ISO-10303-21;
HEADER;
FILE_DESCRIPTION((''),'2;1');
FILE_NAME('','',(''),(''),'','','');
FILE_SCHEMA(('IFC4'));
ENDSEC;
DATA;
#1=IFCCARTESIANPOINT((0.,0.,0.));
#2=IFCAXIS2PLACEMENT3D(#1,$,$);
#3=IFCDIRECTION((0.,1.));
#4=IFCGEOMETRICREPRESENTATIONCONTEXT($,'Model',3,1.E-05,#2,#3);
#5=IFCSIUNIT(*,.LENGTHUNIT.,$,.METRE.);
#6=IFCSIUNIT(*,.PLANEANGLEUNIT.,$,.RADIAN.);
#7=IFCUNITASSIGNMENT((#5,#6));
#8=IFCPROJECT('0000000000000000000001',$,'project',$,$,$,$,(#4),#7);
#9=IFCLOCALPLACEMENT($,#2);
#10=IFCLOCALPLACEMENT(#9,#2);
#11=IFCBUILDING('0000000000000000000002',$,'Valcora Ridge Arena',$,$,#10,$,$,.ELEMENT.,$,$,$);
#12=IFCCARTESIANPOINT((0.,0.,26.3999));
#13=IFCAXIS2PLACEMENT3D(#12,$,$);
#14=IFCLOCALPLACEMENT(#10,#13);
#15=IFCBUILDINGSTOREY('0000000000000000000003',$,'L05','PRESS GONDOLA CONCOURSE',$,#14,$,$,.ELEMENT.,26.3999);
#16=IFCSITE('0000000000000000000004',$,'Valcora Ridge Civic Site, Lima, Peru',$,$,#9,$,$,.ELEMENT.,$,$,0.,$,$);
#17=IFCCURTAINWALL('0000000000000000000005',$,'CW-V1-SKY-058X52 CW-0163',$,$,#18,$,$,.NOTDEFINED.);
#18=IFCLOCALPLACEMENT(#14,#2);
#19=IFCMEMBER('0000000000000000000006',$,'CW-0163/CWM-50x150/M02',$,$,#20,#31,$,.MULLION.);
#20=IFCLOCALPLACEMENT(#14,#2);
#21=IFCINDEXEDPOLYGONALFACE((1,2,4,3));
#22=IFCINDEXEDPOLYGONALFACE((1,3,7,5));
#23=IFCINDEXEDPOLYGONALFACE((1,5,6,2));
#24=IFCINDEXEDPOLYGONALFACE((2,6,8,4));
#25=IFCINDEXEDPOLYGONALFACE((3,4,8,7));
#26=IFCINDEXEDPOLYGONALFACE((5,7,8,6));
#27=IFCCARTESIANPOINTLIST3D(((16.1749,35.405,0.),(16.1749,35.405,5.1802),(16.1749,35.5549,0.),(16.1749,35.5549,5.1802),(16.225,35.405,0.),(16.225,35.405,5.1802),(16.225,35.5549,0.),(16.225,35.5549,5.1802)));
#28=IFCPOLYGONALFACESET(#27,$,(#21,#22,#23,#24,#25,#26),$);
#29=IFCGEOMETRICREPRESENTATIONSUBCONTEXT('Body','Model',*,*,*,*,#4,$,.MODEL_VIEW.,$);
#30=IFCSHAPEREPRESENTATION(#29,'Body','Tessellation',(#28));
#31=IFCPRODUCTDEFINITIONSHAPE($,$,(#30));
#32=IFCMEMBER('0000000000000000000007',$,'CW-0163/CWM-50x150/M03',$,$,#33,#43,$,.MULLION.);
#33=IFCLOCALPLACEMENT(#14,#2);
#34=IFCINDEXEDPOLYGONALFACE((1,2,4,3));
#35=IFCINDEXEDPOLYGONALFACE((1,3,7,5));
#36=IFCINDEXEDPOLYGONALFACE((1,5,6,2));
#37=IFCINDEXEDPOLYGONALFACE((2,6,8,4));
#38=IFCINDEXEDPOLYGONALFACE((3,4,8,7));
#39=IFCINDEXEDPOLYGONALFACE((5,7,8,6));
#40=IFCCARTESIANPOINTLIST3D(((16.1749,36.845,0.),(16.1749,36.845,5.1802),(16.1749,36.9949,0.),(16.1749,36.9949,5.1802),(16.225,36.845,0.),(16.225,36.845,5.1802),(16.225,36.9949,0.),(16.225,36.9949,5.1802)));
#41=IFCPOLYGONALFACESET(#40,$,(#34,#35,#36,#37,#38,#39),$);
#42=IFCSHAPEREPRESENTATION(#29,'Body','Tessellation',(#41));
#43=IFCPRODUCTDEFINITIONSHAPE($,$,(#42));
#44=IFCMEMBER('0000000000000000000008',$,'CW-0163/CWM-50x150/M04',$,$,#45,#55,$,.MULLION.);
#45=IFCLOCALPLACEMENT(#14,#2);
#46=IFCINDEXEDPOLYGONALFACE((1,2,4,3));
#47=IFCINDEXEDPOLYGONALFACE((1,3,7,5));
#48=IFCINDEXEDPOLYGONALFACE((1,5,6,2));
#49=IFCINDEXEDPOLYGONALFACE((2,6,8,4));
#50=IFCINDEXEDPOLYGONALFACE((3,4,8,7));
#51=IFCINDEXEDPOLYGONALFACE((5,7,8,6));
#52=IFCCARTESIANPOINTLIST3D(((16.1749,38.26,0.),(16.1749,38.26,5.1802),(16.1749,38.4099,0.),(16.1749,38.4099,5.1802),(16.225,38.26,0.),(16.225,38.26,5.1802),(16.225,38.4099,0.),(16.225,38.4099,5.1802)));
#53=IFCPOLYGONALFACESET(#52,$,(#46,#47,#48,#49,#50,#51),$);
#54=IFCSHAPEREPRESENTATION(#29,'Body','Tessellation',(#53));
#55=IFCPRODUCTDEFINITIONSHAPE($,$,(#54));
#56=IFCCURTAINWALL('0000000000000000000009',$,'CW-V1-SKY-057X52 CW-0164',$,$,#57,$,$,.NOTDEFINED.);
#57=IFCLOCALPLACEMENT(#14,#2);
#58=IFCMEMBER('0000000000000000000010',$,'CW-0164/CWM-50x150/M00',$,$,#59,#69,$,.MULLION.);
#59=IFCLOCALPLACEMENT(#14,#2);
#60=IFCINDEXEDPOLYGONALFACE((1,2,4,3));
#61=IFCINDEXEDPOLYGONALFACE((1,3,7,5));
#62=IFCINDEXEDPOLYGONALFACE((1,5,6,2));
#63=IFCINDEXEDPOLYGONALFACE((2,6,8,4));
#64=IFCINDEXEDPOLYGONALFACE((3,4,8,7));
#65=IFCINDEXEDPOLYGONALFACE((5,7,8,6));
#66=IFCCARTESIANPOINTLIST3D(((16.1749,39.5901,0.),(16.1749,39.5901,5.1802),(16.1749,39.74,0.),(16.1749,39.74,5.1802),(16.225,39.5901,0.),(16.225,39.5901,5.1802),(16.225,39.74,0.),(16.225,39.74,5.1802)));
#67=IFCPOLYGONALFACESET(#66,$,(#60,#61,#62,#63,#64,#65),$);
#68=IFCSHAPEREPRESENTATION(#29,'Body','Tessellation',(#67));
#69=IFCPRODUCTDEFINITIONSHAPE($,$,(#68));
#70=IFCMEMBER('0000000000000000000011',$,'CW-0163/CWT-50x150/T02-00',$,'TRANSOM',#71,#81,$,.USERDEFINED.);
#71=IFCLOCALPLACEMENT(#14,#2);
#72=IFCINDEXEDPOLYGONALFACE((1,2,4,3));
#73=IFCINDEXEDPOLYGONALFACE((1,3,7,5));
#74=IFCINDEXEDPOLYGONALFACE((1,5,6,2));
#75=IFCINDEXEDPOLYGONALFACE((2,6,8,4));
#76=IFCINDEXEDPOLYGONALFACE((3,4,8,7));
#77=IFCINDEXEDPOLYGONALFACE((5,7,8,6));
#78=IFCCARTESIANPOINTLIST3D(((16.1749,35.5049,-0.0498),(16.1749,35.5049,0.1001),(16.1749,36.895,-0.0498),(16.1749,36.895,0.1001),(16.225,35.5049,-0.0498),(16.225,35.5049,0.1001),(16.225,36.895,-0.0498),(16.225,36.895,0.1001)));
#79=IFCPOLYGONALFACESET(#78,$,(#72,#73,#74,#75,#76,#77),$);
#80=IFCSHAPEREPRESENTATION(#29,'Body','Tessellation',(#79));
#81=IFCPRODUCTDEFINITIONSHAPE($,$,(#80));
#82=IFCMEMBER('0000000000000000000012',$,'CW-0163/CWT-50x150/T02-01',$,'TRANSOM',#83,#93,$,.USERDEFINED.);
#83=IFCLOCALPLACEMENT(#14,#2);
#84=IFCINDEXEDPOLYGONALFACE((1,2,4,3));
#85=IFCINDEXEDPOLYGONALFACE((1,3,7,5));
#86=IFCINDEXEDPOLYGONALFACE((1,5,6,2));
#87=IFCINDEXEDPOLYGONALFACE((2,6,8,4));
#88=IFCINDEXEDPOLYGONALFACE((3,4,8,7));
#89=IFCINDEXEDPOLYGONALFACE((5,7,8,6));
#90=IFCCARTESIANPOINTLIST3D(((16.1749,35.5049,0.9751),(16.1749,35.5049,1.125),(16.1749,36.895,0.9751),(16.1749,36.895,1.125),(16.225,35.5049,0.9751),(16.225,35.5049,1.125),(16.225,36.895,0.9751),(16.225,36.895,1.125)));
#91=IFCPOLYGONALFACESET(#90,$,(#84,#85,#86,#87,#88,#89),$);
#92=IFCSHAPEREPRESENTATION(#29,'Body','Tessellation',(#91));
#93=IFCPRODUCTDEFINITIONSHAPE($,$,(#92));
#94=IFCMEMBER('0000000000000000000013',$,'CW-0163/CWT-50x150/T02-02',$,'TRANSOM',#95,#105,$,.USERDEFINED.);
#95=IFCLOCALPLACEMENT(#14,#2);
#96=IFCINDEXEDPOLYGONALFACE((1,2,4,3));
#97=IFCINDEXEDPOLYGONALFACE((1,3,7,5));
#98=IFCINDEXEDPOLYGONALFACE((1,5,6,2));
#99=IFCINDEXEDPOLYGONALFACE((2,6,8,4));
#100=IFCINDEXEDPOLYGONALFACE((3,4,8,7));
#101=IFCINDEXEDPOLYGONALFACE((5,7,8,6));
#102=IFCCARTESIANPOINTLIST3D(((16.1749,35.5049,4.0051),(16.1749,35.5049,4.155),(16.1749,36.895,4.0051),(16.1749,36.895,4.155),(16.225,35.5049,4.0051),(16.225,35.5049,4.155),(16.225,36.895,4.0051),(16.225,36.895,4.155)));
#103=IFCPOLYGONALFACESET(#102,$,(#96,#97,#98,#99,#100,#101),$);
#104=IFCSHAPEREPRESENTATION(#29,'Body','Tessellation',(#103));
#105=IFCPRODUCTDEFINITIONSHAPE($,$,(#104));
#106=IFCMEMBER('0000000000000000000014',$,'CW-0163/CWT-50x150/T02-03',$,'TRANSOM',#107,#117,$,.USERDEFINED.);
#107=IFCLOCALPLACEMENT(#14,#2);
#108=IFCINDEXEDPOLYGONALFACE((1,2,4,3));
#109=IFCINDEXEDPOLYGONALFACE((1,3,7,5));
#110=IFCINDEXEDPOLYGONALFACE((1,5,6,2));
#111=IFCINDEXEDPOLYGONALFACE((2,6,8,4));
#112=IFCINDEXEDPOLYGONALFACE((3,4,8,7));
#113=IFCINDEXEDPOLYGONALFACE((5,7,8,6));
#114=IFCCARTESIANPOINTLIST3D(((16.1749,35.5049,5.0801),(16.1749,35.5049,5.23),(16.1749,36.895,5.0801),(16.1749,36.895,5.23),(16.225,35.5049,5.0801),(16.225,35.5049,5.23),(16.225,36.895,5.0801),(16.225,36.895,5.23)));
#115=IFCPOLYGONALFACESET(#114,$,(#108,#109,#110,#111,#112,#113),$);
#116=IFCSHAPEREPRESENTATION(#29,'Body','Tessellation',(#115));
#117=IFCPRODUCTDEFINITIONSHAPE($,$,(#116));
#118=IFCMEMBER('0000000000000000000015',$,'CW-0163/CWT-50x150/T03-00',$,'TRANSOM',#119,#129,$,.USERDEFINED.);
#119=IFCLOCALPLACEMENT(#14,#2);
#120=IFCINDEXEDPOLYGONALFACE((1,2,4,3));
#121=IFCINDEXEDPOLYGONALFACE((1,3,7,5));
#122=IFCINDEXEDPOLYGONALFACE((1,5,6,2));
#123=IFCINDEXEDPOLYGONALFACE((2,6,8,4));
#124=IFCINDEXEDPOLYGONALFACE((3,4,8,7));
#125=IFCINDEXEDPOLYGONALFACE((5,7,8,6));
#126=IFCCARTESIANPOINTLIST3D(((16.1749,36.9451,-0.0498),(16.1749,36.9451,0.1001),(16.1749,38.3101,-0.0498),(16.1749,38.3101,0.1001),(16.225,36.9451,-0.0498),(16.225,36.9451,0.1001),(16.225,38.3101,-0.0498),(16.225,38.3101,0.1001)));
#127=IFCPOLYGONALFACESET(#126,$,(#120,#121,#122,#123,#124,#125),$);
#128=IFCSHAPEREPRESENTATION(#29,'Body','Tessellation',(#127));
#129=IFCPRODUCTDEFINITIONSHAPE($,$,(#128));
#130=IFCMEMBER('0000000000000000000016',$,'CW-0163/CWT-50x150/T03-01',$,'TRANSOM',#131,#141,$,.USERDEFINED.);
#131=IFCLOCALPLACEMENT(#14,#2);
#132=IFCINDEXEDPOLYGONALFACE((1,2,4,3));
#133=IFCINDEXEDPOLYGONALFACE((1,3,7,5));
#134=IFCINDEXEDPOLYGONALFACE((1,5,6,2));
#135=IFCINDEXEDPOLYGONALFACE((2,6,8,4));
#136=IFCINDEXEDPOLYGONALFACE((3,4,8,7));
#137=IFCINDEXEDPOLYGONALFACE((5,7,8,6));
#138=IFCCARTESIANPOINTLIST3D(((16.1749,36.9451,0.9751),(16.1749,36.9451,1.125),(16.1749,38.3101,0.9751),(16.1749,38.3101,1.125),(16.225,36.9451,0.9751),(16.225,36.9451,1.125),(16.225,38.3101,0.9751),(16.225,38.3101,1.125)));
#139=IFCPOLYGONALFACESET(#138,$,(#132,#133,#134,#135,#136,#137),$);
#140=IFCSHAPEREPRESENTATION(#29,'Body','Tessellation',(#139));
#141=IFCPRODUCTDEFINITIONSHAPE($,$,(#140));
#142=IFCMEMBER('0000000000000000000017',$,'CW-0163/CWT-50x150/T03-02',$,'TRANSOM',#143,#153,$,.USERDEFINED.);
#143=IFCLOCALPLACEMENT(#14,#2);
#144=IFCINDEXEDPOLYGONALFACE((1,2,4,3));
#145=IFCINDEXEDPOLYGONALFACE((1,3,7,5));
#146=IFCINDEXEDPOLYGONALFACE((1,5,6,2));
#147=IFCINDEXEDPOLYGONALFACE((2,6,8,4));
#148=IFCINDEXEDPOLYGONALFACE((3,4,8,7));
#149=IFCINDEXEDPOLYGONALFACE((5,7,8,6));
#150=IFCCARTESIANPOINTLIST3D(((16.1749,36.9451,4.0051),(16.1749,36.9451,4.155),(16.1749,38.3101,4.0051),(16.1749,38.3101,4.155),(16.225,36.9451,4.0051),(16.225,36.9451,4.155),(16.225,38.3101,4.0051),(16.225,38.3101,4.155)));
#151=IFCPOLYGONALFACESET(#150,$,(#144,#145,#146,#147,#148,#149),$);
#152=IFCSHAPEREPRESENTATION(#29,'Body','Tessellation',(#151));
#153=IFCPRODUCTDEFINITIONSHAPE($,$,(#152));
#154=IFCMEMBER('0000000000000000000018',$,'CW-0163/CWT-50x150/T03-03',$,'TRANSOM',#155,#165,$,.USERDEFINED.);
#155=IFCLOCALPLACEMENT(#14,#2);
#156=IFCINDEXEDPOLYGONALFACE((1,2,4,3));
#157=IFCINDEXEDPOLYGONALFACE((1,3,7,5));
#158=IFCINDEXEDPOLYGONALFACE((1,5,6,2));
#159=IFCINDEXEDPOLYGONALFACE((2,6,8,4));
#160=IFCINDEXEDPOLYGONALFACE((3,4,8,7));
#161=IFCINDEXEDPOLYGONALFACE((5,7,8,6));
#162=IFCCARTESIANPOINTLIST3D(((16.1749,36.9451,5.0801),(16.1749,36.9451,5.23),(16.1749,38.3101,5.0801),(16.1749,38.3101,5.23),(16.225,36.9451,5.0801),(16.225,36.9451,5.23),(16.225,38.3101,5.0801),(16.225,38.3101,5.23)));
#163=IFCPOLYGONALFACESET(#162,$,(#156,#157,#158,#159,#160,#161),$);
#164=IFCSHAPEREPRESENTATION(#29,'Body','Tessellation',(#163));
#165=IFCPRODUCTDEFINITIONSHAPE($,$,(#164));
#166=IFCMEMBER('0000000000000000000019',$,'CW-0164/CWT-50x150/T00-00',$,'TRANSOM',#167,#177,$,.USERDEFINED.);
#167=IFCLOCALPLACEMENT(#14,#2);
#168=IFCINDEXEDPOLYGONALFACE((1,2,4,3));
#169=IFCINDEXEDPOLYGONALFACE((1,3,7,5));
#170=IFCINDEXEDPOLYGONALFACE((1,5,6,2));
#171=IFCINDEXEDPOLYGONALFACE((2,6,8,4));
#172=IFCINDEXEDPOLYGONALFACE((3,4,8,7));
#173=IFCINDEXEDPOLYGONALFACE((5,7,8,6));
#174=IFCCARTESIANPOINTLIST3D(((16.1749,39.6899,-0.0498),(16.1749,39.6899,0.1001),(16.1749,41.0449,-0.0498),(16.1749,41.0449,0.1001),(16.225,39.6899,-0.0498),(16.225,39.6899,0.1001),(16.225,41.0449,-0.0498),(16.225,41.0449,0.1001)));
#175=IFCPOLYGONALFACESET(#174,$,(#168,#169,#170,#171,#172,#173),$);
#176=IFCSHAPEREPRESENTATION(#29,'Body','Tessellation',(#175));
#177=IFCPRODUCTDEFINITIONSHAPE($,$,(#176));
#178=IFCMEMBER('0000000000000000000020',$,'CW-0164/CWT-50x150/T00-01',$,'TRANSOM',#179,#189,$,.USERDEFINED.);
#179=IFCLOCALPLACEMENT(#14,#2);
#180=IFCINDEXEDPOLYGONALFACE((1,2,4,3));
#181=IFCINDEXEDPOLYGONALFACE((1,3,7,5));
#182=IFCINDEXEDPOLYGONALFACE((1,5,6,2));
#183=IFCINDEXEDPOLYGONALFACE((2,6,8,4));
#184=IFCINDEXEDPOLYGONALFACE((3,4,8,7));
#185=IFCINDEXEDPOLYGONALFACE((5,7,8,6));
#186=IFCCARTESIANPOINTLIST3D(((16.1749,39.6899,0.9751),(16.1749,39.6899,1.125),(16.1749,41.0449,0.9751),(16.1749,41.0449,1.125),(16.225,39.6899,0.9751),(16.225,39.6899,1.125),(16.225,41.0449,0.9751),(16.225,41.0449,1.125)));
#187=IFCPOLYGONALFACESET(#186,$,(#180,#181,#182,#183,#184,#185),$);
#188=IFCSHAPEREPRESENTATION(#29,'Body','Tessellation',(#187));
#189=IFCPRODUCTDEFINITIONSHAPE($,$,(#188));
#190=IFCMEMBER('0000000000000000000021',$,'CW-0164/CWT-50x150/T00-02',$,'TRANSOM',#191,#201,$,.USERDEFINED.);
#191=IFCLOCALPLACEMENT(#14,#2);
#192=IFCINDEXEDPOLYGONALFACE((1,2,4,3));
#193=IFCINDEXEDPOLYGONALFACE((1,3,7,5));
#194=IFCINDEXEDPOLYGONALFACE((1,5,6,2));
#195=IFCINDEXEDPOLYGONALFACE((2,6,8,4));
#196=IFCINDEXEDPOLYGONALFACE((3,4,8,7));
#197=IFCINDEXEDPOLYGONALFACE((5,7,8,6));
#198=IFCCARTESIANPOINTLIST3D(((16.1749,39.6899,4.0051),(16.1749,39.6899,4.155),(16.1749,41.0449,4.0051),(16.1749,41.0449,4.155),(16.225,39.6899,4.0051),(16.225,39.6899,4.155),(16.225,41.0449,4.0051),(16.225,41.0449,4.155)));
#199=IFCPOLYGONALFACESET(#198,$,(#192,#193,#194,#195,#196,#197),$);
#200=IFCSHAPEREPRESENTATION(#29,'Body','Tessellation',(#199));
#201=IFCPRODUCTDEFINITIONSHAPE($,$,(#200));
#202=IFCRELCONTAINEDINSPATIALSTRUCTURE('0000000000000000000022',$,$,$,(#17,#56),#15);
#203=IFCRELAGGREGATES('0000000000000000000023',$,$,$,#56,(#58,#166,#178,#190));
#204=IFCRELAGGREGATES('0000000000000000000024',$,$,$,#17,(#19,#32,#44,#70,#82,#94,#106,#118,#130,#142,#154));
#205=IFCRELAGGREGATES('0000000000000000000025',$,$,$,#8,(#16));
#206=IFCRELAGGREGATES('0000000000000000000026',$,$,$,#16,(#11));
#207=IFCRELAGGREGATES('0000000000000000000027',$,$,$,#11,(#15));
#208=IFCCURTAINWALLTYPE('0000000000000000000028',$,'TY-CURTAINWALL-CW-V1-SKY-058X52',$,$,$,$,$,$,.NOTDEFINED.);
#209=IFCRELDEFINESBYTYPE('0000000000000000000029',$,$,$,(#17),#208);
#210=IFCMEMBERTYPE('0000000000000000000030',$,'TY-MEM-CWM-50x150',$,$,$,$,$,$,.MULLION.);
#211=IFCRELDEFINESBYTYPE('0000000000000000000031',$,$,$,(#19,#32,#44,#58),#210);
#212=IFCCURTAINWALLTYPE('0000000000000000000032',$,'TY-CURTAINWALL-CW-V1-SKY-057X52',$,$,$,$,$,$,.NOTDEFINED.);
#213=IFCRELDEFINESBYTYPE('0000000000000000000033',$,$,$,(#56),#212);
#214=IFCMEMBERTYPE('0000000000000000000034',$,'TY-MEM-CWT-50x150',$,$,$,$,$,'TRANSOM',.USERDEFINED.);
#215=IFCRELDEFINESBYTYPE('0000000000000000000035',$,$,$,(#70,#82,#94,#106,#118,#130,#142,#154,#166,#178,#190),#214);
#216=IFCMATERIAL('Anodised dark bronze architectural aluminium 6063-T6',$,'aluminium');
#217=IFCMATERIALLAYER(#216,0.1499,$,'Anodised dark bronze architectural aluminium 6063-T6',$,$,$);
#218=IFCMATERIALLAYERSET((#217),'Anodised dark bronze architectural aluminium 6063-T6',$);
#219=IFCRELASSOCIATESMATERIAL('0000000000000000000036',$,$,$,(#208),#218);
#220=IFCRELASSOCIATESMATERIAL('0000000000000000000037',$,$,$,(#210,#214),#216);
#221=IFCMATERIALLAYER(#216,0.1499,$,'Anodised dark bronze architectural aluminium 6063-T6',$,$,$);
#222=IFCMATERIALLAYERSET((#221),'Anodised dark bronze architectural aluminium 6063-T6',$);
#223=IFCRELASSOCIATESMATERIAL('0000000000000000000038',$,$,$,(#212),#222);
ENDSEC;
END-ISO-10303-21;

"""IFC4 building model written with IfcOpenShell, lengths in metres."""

from ifc_helpers import new_model, si_unit, direction, frame, origin, origin_2d, place, context, subcontext, project, spatial, rectangle, extrude, material, layer, layer_set, material_profile, profile_set, type_object, element, aggregate, save


model = new_model("IFC4")

# Units and contexts
model_context = context("Model", 3, precision=1e-05, world=origin(), true_north=direction((0.0, 1.0)))
body_context = subcontext(model_context, "Body", "Model", "MODEL_VIEW")
ifc_project = project(units=[si_unit("LENGTHUNIT", "METRE"), si_unit("PLANEANGLEUNIT", "RADIAN")], contexts=[model_context])

# Site, building, storey
site_placement = place(None, origin())
site = spatial("IfcSite", under=ifc_project, at=site_placement, Name="Valcora Ridge Civic Site, Lima, Peru", CompositionType="ELEMENT", RefElevation=0.0)
building_placement = place(site_placement, origin())
building = spatial("IfcBuilding", under=site, at=building_placement, Name="Valcora Ridge Arena", CompositionType="ELEMENT")
storey_placement = place(building_placement, frame((0.0, 0.0, 26.3999)))
storey = spatial("IfcBuildingStorey", under=building, at=storey_placement, Name="L05", Description="PRESS GONDOLA CONCOURSE", CompositionType="ELEMENT", Elevation=26.3999)

# Curtain wall, members
ifc_material_1 = material(Name="Anodised dark bronze architectural aluminium 6063-T6", Category="aluminium")
ifc_layer_1 = layer(ifc_material_1, 0.1499, Name="Anodised dark bronze architectural aluminium 6063-T6")
ifc_layer_set_1 = layer_set([ifc_layer_1], Name="Anodised dark bronze architectural aluminium 6063-T6")
curtain_wall_type_1 = type_object("IfcCurtainWallType", Name="TY-CURTAINWALL-CW-V1-SKY-058X52", PredefinedType="NOTDEFINED", material=ifc_layer_set_1)
curtain_wall_1_placement = place(storey_placement, origin())
curtain_wall_1 = element("IfcCurtainWall", 1, at=curtain_wall_1_placement, inside=storey, type_object=curtain_wall_type_1, Name="CW-V1-SKY-058X52 CW-0163", PredefinedType="NOTDEFINED")
ifc_material_profile_1 = material_profile(ifc_material_1, rectangle(XDim=0.05, YDim=0.1499, at=origin_2d()), Name="ALU MULLION 50x150")
ifc_profile_set_1 = profile_set([ifc_material_profile_1], Name="Anodised dark bronze architectural aluminium 6063-T6")
member_type_1 = type_object("IfcMemberType", Name="TY-MEM-CWM-50x150", PredefinedType="MULLION", material=ifc_profile_set_1)
member_1_placement = place(storey_placement, frame((16.2, 35.48, 0.0), z_axis=(0.0, 0.0, 1.0), x_axis=(-1.0, 0.0, 0.0)))
member_1 = element("IfcMember", 2, at=member_1_placement, type_object=member_type_1, Name="CW-0163/CWM-50x150/M02", PredefinedType="MULLION", context=body_context, shape_type="SweptSolid", body=[
    extrude(rectangle(XDim=0.05, YDim=0.1499, at=origin_2d()), origin(), (0.0, 0.0, 1.0), 5.1802),
])
member_2_placement = place(storey_placement, frame((16.2, 36.9199, 0.0), z_axis=(0.0, 0.0, 1.0), x_axis=(-1.0, 0.0, 0.0)))
member_2 = element("IfcMember", 3, at=member_2_placement, type_object=member_type_1, Name="CW-0163/CWM-50x150/M03", PredefinedType="MULLION", context=body_context, shape_type="SweptSolid", body=[
    extrude(rectangle(XDim=0.05, YDim=0.1499, at=origin_2d()), origin(), (0.0, 0.0, 1.0), 5.1802),
])
member_3_placement = place(storey_placement, frame((16.2, 38.335, 0.0), z_axis=(0.0, 0.0, 1.0), x_axis=(-1.0, 0.0, 0.0)))
member_3 = element("IfcMember", 4, at=member_3_placement, type_object=member_type_1, Name="CW-0163/CWM-50x150/M04", PredefinedType="MULLION", context=body_context, shape_type="SweptSolid", body=[
    extrude(rectangle(XDim=0.05, YDim=0.1499, at=origin_2d()), origin(), (0.0, 0.0, 1.0), 5.1802),
])

# Curtain wall, member
ifc_layer_2 = layer(ifc_material_1, 0.1499, Name="Anodised dark bronze architectural aluminium 6063-T6")
ifc_layer_set_2 = layer_set([ifc_layer_2], Name="Anodised dark bronze architectural aluminium 6063-T6")
curtain_wall_type_2 = type_object("IfcCurtainWallType", Name="TY-CURTAINWALL-CW-V1-SKY-057X52", PredefinedType="NOTDEFINED", material=ifc_layer_set_2)
curtain_wall_2_placement = place(storey_placement, origin())
curtain_wall_2 = element("IfcCurtainWall", 5, at=curtain_wall_2_placement, inside=storey, type_object=curtain_wall_type_2, Name="CW-V1-SKY-057X52 CW-0164", PredefinedType="NOTDEFINED")
member_4_placement = place(storey_placement, frame((16.2, 39.665, 0.0), z_axis=(0.0, 0.0, 1.0), x_axis=(-1.0, 0.0, 0.0)))
member_4 = element("IfcMember", 6, at=member_4_placement, type_object=member_type_1, Name="CW-0164/CWM-50x150/M00", PredefinedType="MULLION", context=body_context, shape_type="SweptSolid", body=[
    extrude(rectangle(XDim=0.05, YDim=0.1499, at=origin_2d()), origin(), (0.0, 0.0, 1.0), 5.1802),
])

# Members
ifc_material_profile_2 = material_profile(ifc_material_1, rectangle(XDim=0.05, YDim=0.1499, at=origin_2d()), Name="ALU TRANSOM 50x150")
ifc_profile_set_2 = profile_set([ifc_material_profile_2], Name="Anodised dark bronze architectural aluminium 6063-T6")
member_type_2 = type_object("IfcMemberType", Name="TY-MEM-CWT-50x150", ElementType="TRANSOM", PredefinedType="USERDEFINED", material=ifc_profile_set_2)
member_5_placement = place(storey_placement, frame((16.2, 35.5049, 0.0251), z_axis=(0.0, 1.0, 0.0), x_axis=(-1.0, 0.0, 0.0)))
member_5 = element("IfcMember", 7, at=member_5_placement, type_object=member_type_2, Name="CW-0163/CWT-50x150/T02-00", ObjectType="TRANSOM", PredefinedType="USERDEFINED", context=body_context, shape_type="SweptSolid", body=[
    extrude(rectangle(XDim=0.05, YDim=0.1499, at=origin_2d()), origin(), (0.0, 0.0, 1.0), 1.3901),
])
member_6_placement = place(storey_placement, frame((16.2, 35.5049, 1.05), z_axis=(0.0, 1.0, 0.0), x_axis=(-1.0, 0.0, 0.0)))
member_6 = element("IfcMember", 8, at=member_6_placement, type_object=member_type_2, Name="CW-0163/CWT-50x150/T02-01", ObjectType="TRANSOM", PredefinedType="USERDEFINED", context=body_context, shape_type="SweptSolid", body=[
    extrude(rectangle(XDim=0.05, YDim=0.1499, at=origin_2d()), origin(), (0.0, 0.0, 1.0), 1.3901),
])
member_7_placement = place(storey_placement, frame((16.2, 35.5049, 4.0801), z_axis=(0.0, 1.0, 0.0), x_axis=(-1.0, 0.0, 0.0)))
member_7 = element("IfcMember", 9, at=member_7_placement, type_object=member_type_2, Name="CW-0163/CWT-50x150/T02-02", ObjectType="TRANSOM", PredefinedType="USERDEFINED", context=body_context, shape_type="SweptSolid", body=[
    extrude(rectangle(XDim=0.05, YDim=0.1499, at=origin_2d()), origin(), (0.0, 0.0, 1.0), 1.3901),
])
member_8_placement = place(storey_placement, frame((16.2, 35.5049, 5.155), z_axis=(0.0, 1.0, 0.0), x_axis=(-1.0, 0.0, 0.0)))
member_8 = element("IfcMember", 10, at=member_8_placement, type_object=member_type_2, Name="CW-0163/CWT-50x150/T02-03", ObjectType="TRANSOM", PredefinedType="USERDEFINED", context=body_context, shape_type="SweptSolid", body=[
    extrude(rectangle(XDim=0.05, YDim=0.1499, at=origin_2d()), origin(), (0.0, 0.0, 1.0), 1.3901),
])
member_9_placement = place(storey_placement, frame((16.2, 36.9451, 0.0251), z_axis=(0.0, 1.0, 0.0), x_axis=(-1.0, 0.0, 0.0)))
member_9 = element("IfcMember", 11, at=member_9_placement, type_object=member_type_2, Name="CW-0163/CWT-50x150/T03-00", ObjectType="TRANSOM", PredefinedType="USERDEFINED", context=body_context, shape_type="SweptSolid", body=[
    extrude(rectangle(XDim=0.05, YDim=0.1499, at=origin_2d()), origin(), (0.0, 0.0, 1.0), 1.365),
])
member_10_placement = place(storey_placement, frame((16.2, 36.9451, 1.05), z_axis=(0.0, 1.0, 0.0), x_axis=(-1.0, 0.0, 0.0)))
member_10 = element("IfcMember", 12, at=member_10_placement, type_object=member_type_2, Name="CW-0163/CWT-50x150/T03-01", ObjectType="TRANSOM", PredefinedType="USERDEFINED", context=body_context, shape_type="SweptSolid", body=[
    extrude(rectangle(XDim=0.05, YDim=0.1499, at=origin_2d()), origin(), (0.0, 0.0, 1.0), 1.365),
])
member_11_placement = place(storey_placement, frame((16.2, 36.9451, 4.0801), z_axis=(0.0, 1.0, 0.0), x_axis=(-1.0, 0.0, 0.0)))
member_11 = element("IfcMember", 13, at=member_11_placement, type_object=member_type_2, Name="CW-0163/CWT-50x150/T03-02", ObjectType="TRANSOM", PredefinedType="USERDEFINED", context=body_context, shape_type="SweptSolid", body=[
    extrude(rectangle(XDim=0.05, YDim=0.1499, at=origin_2d()), origin(), (0.0, 0.0, 1.0), 1.365),
])
member_12_placement = place(storey_placement, frame((16.2, 36.9451, 5.155), z_axis=(0.0, 1.0, 0.0), x_axis=(-1.0, 0.0, 0.0)))
member_12 = element("IfcMember", 14, at=member_12_placement, type_object=member_type_2, Name="CW-0163/CWT-50x150/T03-03", ObjectType="TRANSOM", PredefinedType="USERDEFINED", context=body_context, shape_type="SweptSolid", body=[
    extrude(rectangle(XDim=0.05, YDim=0.1499, at=origin_2d()), origin(), (0.0, 0.0, 1.0), 1.365),
])
member_13_placement = place(storey_placement, frame((16.2, 39.6899, 0.0251), z_axis=(0.0, 1.0, 0.0), x_axis=(-1.0, 0.0, 0.0)))
member_13 = element("IfcMember", 15, at=member_13_placement, type_object=member_type_2, Name="CW-0164/CWT-50x150/T00-00", ObjectType="TRANSOM", PredefinedType="USERDEFINED", context=body_context, shape_type="SweptSolid", body=[
    extrude(rectangle(XDim=0.05, YDim=0.1499, at=origin_2d()), origin(), (0.0, 0.0, 1.0), 1.355),
])
member_14_placement = place(storey_placement, frame((16.2, 39.6899, 1.05), z_axis=(0.0, 1.0, 0.0), x_axis=(-1.0, 0.0, 0.0)))
member_14 = element("IfcMember", 16, at=member_14_placement, type_object=member_type_2, Name="CW-0164/CWT-50x150/T00-01", ObjectType="TRANSOM", PredefinedType="USERDEFINED", context=body_context, shape_type="SweptSolid", body=[
    extrude(rectangle(XDim=0.05, YDim=0.1499, at=origin_2d()), origin(), (0.0, 0.0, 1.0), 1.355),
])
member_15_placement = place(storey_placement, frame((16.2, 39.6899, 4.0801), z_axis=(0.0, 1.0, 0.0), x_axis=(-1.0, 0.0, 0.0)))
member_15 = element("IfcMember", 17, at=member_15_placement, type_object=member_type_2, Name="CW-0164/CWT-50x150/T00-02", ObjectType="TRANSOM", PredefinedType="USERDEFINED", context=body_context, shape_type="SweptSolid", body=[
    extrude(rectangle(XDim=0.05, YDim=0.1499, at=origin_2d()), origin(), (0.0, 0.0, 1.0), 1.355),
])

aggregate(curtain_wall_2, [member_4, member_13, member_14, member_15])
aggregate(curtain_wall_1, [member_1, member_2, member_3, member_5, member_6, member_7, member_8, member_9, member_10, member_11, member_12])

save(model, "model.ifc")
